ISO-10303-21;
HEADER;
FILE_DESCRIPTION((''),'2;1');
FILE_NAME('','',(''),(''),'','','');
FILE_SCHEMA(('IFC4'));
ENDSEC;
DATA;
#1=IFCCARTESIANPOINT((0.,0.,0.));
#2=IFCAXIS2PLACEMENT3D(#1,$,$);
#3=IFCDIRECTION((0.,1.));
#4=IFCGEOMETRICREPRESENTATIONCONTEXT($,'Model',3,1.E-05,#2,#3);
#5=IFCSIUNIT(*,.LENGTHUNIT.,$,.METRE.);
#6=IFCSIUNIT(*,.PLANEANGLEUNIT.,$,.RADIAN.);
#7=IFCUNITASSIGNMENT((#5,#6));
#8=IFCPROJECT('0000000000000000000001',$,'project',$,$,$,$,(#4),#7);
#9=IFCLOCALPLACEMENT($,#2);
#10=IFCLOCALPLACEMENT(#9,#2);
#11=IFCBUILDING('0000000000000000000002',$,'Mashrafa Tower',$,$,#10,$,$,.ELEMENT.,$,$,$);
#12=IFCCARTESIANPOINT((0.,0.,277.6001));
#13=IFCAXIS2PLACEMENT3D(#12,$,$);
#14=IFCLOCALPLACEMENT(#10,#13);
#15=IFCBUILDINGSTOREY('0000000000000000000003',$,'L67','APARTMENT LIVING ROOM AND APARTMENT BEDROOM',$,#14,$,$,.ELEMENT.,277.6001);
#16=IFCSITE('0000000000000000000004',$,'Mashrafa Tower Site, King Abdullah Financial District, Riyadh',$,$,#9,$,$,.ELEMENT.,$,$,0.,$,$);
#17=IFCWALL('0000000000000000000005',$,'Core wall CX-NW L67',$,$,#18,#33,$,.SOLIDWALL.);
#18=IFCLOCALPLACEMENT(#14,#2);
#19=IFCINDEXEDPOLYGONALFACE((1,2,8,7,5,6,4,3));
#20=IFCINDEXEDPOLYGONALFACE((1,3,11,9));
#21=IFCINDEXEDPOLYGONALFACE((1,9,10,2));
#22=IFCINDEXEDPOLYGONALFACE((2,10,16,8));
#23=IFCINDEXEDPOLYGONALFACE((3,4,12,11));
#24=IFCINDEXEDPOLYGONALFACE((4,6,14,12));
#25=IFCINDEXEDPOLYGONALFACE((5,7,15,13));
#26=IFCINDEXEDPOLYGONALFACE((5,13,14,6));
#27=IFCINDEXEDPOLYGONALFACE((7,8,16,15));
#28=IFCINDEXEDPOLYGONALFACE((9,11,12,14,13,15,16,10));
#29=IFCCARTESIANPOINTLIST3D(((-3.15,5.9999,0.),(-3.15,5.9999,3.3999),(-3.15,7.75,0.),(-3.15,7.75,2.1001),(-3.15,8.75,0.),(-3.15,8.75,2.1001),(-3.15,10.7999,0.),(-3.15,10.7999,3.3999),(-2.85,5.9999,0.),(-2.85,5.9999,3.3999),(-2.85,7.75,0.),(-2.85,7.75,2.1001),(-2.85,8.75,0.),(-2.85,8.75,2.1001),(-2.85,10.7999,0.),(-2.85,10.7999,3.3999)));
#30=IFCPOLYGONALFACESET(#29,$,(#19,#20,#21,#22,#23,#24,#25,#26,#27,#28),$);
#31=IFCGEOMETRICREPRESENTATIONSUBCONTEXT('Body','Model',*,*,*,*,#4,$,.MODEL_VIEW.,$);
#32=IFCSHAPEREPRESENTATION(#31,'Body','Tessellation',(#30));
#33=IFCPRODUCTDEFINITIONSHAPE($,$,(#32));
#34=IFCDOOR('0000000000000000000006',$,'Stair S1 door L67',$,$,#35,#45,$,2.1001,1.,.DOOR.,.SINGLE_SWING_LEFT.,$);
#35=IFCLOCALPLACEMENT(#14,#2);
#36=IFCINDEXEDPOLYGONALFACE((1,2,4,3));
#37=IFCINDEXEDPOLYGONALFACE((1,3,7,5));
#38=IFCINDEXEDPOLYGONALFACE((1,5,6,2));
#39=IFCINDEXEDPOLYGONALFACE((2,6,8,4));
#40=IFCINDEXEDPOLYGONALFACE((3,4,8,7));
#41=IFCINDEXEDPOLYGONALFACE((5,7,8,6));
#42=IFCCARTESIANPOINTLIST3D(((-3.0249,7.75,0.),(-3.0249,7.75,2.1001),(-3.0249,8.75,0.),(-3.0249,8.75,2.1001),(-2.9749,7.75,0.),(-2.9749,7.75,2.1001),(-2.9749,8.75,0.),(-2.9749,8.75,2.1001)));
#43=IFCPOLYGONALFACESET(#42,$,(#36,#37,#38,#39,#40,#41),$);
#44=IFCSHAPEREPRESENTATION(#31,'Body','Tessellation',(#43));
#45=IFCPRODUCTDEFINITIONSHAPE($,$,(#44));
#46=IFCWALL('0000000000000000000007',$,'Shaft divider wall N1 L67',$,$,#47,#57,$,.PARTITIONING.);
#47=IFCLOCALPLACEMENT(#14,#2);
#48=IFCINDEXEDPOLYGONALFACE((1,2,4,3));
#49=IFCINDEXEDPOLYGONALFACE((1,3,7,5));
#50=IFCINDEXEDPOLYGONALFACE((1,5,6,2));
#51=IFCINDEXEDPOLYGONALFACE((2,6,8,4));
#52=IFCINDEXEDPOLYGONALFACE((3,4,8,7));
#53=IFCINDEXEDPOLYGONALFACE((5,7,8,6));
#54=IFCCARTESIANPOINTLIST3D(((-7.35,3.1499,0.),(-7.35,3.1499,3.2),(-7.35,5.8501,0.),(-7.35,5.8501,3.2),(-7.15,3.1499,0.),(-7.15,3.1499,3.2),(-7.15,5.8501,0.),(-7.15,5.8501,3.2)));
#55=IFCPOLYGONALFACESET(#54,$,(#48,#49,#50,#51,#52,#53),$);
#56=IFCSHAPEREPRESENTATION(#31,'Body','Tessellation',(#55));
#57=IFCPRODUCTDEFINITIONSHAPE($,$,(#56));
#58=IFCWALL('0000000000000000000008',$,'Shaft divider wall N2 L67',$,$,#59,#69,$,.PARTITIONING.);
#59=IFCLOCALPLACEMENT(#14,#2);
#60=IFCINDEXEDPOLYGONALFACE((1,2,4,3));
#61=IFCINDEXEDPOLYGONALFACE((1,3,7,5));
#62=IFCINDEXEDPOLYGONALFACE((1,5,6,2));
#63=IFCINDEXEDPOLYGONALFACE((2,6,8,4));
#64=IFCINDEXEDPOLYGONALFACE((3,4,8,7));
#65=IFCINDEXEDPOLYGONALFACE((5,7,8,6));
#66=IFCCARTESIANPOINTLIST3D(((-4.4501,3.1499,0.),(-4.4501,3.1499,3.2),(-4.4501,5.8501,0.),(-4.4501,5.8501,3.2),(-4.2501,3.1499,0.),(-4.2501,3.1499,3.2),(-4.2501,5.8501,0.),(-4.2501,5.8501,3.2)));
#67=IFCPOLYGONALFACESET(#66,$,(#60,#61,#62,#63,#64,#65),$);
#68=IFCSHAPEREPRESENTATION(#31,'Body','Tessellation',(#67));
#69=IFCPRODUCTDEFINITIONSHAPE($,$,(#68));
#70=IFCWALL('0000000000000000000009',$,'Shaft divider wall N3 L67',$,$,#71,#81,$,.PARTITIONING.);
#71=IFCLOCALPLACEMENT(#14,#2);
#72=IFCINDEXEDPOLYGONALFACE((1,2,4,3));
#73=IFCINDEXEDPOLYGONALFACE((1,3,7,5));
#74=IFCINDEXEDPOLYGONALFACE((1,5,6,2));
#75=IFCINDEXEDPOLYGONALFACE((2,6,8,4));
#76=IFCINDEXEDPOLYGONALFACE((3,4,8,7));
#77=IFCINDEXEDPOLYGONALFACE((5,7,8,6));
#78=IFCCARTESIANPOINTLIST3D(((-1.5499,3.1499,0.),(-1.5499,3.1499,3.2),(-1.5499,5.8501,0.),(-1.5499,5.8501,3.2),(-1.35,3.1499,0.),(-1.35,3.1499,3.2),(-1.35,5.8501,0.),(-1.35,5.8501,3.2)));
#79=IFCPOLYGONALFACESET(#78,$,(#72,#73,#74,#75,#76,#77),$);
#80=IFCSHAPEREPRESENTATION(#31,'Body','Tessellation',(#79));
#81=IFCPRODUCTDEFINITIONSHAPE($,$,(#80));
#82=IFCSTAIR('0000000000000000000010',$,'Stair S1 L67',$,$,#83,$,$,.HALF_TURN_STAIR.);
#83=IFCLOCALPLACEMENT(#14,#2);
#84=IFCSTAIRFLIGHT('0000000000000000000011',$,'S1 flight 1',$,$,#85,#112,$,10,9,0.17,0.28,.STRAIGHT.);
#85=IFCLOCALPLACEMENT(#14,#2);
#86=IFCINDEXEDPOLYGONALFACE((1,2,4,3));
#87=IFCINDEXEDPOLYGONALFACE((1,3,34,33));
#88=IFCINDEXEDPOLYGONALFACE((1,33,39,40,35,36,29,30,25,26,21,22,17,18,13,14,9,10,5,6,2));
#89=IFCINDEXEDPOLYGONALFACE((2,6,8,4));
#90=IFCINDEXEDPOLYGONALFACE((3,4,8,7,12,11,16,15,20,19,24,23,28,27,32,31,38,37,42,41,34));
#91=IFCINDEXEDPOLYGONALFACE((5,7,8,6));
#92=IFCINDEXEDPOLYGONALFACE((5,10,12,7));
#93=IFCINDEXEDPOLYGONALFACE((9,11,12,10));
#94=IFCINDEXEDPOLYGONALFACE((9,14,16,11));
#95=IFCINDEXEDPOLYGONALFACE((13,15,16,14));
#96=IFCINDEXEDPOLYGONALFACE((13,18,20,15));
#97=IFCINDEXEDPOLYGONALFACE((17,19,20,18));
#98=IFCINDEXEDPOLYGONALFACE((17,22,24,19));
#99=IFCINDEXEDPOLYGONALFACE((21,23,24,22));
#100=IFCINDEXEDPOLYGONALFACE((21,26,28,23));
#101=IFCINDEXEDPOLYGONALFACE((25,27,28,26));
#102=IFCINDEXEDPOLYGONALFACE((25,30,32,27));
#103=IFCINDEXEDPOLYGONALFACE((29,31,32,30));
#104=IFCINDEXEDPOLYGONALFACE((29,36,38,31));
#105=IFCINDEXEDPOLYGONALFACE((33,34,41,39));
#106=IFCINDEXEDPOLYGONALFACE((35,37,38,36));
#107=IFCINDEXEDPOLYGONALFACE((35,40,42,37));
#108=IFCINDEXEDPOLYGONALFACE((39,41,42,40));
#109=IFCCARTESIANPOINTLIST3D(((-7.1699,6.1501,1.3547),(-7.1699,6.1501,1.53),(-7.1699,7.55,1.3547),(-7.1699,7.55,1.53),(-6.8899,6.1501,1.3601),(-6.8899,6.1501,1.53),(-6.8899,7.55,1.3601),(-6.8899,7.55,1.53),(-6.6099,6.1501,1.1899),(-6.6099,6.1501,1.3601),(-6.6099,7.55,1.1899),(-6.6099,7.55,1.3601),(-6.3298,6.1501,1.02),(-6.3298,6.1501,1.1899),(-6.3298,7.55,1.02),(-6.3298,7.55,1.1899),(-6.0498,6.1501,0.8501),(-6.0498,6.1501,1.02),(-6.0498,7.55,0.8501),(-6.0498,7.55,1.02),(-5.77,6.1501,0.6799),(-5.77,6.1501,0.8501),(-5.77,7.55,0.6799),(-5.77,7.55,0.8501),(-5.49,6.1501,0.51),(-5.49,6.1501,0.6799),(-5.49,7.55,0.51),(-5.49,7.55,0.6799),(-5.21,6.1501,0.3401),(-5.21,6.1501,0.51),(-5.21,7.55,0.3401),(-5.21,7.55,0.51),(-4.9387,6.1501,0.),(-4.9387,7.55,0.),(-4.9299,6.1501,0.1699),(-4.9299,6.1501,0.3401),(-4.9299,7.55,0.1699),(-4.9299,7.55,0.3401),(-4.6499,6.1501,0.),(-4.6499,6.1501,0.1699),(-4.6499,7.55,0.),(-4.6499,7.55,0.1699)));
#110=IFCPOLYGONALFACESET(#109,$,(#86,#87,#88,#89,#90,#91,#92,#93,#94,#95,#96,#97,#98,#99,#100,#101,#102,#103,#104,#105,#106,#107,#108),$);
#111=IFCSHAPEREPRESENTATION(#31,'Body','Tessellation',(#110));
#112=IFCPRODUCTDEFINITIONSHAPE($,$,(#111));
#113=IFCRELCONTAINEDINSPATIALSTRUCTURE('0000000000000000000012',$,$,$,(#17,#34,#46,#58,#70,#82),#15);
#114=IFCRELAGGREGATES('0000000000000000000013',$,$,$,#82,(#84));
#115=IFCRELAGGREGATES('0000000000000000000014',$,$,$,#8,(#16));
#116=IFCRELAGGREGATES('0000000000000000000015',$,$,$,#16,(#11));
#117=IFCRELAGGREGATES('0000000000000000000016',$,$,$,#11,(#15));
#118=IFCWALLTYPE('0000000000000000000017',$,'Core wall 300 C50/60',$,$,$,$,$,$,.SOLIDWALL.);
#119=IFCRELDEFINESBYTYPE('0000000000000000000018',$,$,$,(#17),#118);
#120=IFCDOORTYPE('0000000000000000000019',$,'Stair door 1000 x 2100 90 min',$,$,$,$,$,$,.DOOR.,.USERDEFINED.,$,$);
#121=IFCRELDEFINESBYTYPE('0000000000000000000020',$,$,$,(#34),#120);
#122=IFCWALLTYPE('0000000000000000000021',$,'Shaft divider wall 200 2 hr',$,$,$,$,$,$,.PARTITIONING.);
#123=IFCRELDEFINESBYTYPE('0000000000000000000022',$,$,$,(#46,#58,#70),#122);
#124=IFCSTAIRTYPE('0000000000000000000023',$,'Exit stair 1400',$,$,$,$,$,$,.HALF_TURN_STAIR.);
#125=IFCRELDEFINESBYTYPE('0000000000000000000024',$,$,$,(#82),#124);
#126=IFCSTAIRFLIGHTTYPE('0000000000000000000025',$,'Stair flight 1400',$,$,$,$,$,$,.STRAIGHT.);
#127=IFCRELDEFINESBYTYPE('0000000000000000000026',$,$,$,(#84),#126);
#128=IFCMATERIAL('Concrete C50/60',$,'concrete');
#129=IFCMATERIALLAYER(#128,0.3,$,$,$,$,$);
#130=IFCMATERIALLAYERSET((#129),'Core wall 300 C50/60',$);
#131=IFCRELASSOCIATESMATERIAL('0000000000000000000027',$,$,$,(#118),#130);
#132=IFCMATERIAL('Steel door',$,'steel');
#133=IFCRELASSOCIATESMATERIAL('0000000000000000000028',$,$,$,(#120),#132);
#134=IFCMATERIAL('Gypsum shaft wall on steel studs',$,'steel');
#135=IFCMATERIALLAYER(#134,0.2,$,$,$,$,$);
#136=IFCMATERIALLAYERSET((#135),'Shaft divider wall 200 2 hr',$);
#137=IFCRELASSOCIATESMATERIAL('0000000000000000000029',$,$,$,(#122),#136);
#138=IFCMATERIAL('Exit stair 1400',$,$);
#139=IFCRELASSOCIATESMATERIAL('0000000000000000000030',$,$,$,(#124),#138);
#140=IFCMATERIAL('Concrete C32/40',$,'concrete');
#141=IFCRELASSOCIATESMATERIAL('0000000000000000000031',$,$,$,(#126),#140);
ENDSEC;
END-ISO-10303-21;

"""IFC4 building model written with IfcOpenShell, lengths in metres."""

from ifc_helpers import new_model, si_unit, direction, frame, frame_2d, origin, place, context, subcontext, project, spatial, polyline, rectangle, outline, extrude, material, layer, layer_set, type_object, element, fill, aggregate, save


model = new_model("IFC4")

# Units and contexts
model_context = context("Model", 3, precision=1e-05, world=origin(), true_north=direction((0.0, 1.0)))
body_context = subcontext(model_context, "Body", "Model", "MODEL_VIEW")
ifc_project = project(units=[si_unit("LENGTHUNIT", "METRE"), si_unit("PLANEANGLEUNIT", "RADIAN")], contexts=[model_context])

# Site, building, storey
site_placement = place(None, origin())
site = spatial("IfcSite", under=ifc_project, at=site_placement, Name="Mashrafa Tower Site, King Abdullah Financial District, Riyadh", CompositionType="ELEMENT", RefElevation=0.0)
building_placement = place(site_placement, origin())
building = spatial("IfcBuilding", under=site, at=building_placement, Name="Mashrafa Tower", CompositionType="ELEMENT")
storey_placement = place(building_placement, frame((0.0, 0.0, 277.6001)))
storey = spatial("IfcBuildingStorey", under=building, at=storey_placement, Name="L67", Description="APARTMENT LIVING ROOM AND APARTMENT BEDROOM", CompositionType="ELEMENT", Elevation=277.6001)

# Shared definitions
ifc_material_1 = material(Name="Concrete C50/60", Category="concrete")
ifc_layer_1 = layer(ifc_material_1, 0.3)
ifc_layer_set_1 = layer_set([ifc_layer_1], Name="Core wall 300 C50/60")
wall_type_1 = type_object("IfcWallType", Name="Core wall 300 C50/60", PredefinedType="SOLIDWALL", material=ifc_layer_set_1)

# Wall, opening, door
wall_1_placement = place(storey_placement, frame((-3.0, 6.0, 0.0), z_axis=(0.0, 0.0, 1.0), x_axis=(0.0, 1.0, 0.0)))
wall_1 = element("IfcWall", 1, at=wall_1_placement, inside=storey, type_object=wall_type_1, Name="Core wall CX-NW L67", PredefinedType="SOLIDWALL", context=body_context, shape_type="SweptSolid", body=[
    extrude(rectangle(XDim=4.8, YDim=0.3, at=frame_2d((2.3999, 0.0))), origin(), (0.0, 0.0, 1.0), 3.3999),
])
opening_1_placement = place(wall_1_placement, frame((1.75, 0.0, 0.0)))
opening_1 = element("IfcOpeningElement", 2, at=opening_1_placement, cuts=wall_1, PredefinedType="OPENING", context=body_context, shape_type="SweptSolid", body=[
    extrude(rectangle(XDim=1.0, YDim=2.1001, at=frame_2d((0.5, 1.05))), frame((0.0, 0.1599, 0.0), z_axis=(0.0, -1.0, 0.0), x_axis=(1.0, 0.0, 0.0)), (0.0, 0.0, 1.0), 0.3201),
])
ifc_material_2 = material(Name="Steel door", Category="steel")
door_type_1 = type_object("IfcDoorType", Name="Stair door 1000 x 2100 90 min", OperationType="USERDEFINED", PredefinedType="DOOR", material=ifc_material_2)
door_1_placement = place(opening_1_placement, origin())
door_1 = element("IfcDoor", 3, at=door_1_placement, inside=storey, type_object=door_type_1, Name="Stair S1 door L67", OperationType="SINGLE_SWING_LEFT", OverallHeight=2.1001, OverallWidth=1.0, PredefinedType="DOOR", context=body_context, shape_type="SweptSolid", body=[
    extrude(rectangle(XDim=1.0, YDim=2.1001, at=frame_2d((0.5, 1.05))), frame((0.0, 0.0249, 0.0), z_axis=(0.0, -1.0, 0.0), x_axis=(1.0, 0.0, 0.0)), (0.0, 0.0, 1.0), 0.05),
])
fill(opening_1, door_1)

# Walls
ifc_material_3 = material(Name="Gypsum shaft wall on steel studs", Category="steel")
ifc_layer_2 = layer(ifc_material_3, 0.2)
ifc_layer_set_2 = layer_set([ifc_layer_2], Name="Shaft divider wall 200 2 hr")
wall_type_2 = type_object("IfcWallType", Name="Shaft divider wall 200 2 hr", PredefinedType="PARTITIONING", material=ifc_layer_set_2)
for number, where, z_axis, x_axis, name in (
    (4, (-7.25, 3.1499, 0.0), (0.0, 0.0, 1.0), (0.0, 1.0, 0.0), "Shaft divider wall N1 L67"),
    (5, (-4.3501, 3.1499, 0.0), (0.0, 0.0, 1.0), (0.0, 1.0, 0.0), "Shaft divider wall N2 L67"),
    (6, (-1.45, 3.1499, 0.0), (0.0, 0.0, 1.0), (0.0, 1.0, 0.0), "Shaft divider wall N3 L67"),
):
    element("IfcWall", number, at=place(storey_placement, frame(where, z_axis=z_axis, x_axis=x_axis)), inside=storey, type_object=wall_type_2, Name=name, PredefinedType="PARTITIONING", context=body_context, shape_type="SweptSolid", body=[
        extrude(rectangle(XDim=2.7002, YDim=0.2, at=frame_2d((1.3501, 0.0))), origin(), (0.0, 0.0, 1.0), 3.2),
    ])

# Stair, stair flight
ifc_material_4 = material(Name="Exit stair 1400")
stair_type = type_object("IfcStairType", Name="Exit stair 1400", PredefinedType="HALF_TURN_STAIR", material=ifc_material_4)
stair_placement = place(storey_placement, origin())
stair = element("IfcStair", 7, at=stair_placement, inside=storey, type_object=stair_type, Name="Stair S1 L67", PredefinedType="HALF_TURN_STAIR")
ifc_material_5 = material(Name="Concrete C32/40", Category="concrete")
stair_flight_type = type_object("IfcStairFlightType", Name="Stair flight 1400", PredefinedType="STRAIGHT", material=ifc_material_5)
stair_flight_placement = place(storey_placement, frame((-4.6499, 6.8501, 0.0), z_axis=(0.0, 0.0, 1.0), x_axis=(-1.0, 0.0, 0.0)))
stair_flight = element("IfcStairFlight", 8, at=stair_flight_placement, type_object=stair_flight_type, Name="S1 flight 1", NumberOfRisers=10, NumberOfTreads=9, PredefinedType="STRAIGHT", RiserHeight=0.17, TreadLength=0.28, context=body_context, shape_type="SweptSolid", body=[
    extrude(outline(polyline([(0.0, 0.0), (0.0, 0.1699), (0.28, 0.1699), (0.28, 0.3401), (0.5601, 0.3401), (0.5601, 0.51), (0.8401, 0.51), (0.8401, 0.6799), (1.1201, 0.6799), (1.1201, 0.8501), (1.3999, 0.8501), (1.3999, 1.02), (1.6799, 1.02), (1.6799, 1.1899), (1.96, 1.1899), (1.96, 1.3601), (2.24, 1.3601), (2.24, 1.53), (2.52, 1.53), (2.52, 1.7), (2.52, 1.3547), (0.2888, 0.0), (0.0, 0.0)])), frame((0.0, 0.7, 0.0), z_axis=(0.0, -1.0, 0.0), x_axis=(1.0, 0.0, 0.0)), (0.0, 0.0, 1.0), 1.3999),
])
aggregate(stair, [stair_flight])

save(model, "model.ifc")
